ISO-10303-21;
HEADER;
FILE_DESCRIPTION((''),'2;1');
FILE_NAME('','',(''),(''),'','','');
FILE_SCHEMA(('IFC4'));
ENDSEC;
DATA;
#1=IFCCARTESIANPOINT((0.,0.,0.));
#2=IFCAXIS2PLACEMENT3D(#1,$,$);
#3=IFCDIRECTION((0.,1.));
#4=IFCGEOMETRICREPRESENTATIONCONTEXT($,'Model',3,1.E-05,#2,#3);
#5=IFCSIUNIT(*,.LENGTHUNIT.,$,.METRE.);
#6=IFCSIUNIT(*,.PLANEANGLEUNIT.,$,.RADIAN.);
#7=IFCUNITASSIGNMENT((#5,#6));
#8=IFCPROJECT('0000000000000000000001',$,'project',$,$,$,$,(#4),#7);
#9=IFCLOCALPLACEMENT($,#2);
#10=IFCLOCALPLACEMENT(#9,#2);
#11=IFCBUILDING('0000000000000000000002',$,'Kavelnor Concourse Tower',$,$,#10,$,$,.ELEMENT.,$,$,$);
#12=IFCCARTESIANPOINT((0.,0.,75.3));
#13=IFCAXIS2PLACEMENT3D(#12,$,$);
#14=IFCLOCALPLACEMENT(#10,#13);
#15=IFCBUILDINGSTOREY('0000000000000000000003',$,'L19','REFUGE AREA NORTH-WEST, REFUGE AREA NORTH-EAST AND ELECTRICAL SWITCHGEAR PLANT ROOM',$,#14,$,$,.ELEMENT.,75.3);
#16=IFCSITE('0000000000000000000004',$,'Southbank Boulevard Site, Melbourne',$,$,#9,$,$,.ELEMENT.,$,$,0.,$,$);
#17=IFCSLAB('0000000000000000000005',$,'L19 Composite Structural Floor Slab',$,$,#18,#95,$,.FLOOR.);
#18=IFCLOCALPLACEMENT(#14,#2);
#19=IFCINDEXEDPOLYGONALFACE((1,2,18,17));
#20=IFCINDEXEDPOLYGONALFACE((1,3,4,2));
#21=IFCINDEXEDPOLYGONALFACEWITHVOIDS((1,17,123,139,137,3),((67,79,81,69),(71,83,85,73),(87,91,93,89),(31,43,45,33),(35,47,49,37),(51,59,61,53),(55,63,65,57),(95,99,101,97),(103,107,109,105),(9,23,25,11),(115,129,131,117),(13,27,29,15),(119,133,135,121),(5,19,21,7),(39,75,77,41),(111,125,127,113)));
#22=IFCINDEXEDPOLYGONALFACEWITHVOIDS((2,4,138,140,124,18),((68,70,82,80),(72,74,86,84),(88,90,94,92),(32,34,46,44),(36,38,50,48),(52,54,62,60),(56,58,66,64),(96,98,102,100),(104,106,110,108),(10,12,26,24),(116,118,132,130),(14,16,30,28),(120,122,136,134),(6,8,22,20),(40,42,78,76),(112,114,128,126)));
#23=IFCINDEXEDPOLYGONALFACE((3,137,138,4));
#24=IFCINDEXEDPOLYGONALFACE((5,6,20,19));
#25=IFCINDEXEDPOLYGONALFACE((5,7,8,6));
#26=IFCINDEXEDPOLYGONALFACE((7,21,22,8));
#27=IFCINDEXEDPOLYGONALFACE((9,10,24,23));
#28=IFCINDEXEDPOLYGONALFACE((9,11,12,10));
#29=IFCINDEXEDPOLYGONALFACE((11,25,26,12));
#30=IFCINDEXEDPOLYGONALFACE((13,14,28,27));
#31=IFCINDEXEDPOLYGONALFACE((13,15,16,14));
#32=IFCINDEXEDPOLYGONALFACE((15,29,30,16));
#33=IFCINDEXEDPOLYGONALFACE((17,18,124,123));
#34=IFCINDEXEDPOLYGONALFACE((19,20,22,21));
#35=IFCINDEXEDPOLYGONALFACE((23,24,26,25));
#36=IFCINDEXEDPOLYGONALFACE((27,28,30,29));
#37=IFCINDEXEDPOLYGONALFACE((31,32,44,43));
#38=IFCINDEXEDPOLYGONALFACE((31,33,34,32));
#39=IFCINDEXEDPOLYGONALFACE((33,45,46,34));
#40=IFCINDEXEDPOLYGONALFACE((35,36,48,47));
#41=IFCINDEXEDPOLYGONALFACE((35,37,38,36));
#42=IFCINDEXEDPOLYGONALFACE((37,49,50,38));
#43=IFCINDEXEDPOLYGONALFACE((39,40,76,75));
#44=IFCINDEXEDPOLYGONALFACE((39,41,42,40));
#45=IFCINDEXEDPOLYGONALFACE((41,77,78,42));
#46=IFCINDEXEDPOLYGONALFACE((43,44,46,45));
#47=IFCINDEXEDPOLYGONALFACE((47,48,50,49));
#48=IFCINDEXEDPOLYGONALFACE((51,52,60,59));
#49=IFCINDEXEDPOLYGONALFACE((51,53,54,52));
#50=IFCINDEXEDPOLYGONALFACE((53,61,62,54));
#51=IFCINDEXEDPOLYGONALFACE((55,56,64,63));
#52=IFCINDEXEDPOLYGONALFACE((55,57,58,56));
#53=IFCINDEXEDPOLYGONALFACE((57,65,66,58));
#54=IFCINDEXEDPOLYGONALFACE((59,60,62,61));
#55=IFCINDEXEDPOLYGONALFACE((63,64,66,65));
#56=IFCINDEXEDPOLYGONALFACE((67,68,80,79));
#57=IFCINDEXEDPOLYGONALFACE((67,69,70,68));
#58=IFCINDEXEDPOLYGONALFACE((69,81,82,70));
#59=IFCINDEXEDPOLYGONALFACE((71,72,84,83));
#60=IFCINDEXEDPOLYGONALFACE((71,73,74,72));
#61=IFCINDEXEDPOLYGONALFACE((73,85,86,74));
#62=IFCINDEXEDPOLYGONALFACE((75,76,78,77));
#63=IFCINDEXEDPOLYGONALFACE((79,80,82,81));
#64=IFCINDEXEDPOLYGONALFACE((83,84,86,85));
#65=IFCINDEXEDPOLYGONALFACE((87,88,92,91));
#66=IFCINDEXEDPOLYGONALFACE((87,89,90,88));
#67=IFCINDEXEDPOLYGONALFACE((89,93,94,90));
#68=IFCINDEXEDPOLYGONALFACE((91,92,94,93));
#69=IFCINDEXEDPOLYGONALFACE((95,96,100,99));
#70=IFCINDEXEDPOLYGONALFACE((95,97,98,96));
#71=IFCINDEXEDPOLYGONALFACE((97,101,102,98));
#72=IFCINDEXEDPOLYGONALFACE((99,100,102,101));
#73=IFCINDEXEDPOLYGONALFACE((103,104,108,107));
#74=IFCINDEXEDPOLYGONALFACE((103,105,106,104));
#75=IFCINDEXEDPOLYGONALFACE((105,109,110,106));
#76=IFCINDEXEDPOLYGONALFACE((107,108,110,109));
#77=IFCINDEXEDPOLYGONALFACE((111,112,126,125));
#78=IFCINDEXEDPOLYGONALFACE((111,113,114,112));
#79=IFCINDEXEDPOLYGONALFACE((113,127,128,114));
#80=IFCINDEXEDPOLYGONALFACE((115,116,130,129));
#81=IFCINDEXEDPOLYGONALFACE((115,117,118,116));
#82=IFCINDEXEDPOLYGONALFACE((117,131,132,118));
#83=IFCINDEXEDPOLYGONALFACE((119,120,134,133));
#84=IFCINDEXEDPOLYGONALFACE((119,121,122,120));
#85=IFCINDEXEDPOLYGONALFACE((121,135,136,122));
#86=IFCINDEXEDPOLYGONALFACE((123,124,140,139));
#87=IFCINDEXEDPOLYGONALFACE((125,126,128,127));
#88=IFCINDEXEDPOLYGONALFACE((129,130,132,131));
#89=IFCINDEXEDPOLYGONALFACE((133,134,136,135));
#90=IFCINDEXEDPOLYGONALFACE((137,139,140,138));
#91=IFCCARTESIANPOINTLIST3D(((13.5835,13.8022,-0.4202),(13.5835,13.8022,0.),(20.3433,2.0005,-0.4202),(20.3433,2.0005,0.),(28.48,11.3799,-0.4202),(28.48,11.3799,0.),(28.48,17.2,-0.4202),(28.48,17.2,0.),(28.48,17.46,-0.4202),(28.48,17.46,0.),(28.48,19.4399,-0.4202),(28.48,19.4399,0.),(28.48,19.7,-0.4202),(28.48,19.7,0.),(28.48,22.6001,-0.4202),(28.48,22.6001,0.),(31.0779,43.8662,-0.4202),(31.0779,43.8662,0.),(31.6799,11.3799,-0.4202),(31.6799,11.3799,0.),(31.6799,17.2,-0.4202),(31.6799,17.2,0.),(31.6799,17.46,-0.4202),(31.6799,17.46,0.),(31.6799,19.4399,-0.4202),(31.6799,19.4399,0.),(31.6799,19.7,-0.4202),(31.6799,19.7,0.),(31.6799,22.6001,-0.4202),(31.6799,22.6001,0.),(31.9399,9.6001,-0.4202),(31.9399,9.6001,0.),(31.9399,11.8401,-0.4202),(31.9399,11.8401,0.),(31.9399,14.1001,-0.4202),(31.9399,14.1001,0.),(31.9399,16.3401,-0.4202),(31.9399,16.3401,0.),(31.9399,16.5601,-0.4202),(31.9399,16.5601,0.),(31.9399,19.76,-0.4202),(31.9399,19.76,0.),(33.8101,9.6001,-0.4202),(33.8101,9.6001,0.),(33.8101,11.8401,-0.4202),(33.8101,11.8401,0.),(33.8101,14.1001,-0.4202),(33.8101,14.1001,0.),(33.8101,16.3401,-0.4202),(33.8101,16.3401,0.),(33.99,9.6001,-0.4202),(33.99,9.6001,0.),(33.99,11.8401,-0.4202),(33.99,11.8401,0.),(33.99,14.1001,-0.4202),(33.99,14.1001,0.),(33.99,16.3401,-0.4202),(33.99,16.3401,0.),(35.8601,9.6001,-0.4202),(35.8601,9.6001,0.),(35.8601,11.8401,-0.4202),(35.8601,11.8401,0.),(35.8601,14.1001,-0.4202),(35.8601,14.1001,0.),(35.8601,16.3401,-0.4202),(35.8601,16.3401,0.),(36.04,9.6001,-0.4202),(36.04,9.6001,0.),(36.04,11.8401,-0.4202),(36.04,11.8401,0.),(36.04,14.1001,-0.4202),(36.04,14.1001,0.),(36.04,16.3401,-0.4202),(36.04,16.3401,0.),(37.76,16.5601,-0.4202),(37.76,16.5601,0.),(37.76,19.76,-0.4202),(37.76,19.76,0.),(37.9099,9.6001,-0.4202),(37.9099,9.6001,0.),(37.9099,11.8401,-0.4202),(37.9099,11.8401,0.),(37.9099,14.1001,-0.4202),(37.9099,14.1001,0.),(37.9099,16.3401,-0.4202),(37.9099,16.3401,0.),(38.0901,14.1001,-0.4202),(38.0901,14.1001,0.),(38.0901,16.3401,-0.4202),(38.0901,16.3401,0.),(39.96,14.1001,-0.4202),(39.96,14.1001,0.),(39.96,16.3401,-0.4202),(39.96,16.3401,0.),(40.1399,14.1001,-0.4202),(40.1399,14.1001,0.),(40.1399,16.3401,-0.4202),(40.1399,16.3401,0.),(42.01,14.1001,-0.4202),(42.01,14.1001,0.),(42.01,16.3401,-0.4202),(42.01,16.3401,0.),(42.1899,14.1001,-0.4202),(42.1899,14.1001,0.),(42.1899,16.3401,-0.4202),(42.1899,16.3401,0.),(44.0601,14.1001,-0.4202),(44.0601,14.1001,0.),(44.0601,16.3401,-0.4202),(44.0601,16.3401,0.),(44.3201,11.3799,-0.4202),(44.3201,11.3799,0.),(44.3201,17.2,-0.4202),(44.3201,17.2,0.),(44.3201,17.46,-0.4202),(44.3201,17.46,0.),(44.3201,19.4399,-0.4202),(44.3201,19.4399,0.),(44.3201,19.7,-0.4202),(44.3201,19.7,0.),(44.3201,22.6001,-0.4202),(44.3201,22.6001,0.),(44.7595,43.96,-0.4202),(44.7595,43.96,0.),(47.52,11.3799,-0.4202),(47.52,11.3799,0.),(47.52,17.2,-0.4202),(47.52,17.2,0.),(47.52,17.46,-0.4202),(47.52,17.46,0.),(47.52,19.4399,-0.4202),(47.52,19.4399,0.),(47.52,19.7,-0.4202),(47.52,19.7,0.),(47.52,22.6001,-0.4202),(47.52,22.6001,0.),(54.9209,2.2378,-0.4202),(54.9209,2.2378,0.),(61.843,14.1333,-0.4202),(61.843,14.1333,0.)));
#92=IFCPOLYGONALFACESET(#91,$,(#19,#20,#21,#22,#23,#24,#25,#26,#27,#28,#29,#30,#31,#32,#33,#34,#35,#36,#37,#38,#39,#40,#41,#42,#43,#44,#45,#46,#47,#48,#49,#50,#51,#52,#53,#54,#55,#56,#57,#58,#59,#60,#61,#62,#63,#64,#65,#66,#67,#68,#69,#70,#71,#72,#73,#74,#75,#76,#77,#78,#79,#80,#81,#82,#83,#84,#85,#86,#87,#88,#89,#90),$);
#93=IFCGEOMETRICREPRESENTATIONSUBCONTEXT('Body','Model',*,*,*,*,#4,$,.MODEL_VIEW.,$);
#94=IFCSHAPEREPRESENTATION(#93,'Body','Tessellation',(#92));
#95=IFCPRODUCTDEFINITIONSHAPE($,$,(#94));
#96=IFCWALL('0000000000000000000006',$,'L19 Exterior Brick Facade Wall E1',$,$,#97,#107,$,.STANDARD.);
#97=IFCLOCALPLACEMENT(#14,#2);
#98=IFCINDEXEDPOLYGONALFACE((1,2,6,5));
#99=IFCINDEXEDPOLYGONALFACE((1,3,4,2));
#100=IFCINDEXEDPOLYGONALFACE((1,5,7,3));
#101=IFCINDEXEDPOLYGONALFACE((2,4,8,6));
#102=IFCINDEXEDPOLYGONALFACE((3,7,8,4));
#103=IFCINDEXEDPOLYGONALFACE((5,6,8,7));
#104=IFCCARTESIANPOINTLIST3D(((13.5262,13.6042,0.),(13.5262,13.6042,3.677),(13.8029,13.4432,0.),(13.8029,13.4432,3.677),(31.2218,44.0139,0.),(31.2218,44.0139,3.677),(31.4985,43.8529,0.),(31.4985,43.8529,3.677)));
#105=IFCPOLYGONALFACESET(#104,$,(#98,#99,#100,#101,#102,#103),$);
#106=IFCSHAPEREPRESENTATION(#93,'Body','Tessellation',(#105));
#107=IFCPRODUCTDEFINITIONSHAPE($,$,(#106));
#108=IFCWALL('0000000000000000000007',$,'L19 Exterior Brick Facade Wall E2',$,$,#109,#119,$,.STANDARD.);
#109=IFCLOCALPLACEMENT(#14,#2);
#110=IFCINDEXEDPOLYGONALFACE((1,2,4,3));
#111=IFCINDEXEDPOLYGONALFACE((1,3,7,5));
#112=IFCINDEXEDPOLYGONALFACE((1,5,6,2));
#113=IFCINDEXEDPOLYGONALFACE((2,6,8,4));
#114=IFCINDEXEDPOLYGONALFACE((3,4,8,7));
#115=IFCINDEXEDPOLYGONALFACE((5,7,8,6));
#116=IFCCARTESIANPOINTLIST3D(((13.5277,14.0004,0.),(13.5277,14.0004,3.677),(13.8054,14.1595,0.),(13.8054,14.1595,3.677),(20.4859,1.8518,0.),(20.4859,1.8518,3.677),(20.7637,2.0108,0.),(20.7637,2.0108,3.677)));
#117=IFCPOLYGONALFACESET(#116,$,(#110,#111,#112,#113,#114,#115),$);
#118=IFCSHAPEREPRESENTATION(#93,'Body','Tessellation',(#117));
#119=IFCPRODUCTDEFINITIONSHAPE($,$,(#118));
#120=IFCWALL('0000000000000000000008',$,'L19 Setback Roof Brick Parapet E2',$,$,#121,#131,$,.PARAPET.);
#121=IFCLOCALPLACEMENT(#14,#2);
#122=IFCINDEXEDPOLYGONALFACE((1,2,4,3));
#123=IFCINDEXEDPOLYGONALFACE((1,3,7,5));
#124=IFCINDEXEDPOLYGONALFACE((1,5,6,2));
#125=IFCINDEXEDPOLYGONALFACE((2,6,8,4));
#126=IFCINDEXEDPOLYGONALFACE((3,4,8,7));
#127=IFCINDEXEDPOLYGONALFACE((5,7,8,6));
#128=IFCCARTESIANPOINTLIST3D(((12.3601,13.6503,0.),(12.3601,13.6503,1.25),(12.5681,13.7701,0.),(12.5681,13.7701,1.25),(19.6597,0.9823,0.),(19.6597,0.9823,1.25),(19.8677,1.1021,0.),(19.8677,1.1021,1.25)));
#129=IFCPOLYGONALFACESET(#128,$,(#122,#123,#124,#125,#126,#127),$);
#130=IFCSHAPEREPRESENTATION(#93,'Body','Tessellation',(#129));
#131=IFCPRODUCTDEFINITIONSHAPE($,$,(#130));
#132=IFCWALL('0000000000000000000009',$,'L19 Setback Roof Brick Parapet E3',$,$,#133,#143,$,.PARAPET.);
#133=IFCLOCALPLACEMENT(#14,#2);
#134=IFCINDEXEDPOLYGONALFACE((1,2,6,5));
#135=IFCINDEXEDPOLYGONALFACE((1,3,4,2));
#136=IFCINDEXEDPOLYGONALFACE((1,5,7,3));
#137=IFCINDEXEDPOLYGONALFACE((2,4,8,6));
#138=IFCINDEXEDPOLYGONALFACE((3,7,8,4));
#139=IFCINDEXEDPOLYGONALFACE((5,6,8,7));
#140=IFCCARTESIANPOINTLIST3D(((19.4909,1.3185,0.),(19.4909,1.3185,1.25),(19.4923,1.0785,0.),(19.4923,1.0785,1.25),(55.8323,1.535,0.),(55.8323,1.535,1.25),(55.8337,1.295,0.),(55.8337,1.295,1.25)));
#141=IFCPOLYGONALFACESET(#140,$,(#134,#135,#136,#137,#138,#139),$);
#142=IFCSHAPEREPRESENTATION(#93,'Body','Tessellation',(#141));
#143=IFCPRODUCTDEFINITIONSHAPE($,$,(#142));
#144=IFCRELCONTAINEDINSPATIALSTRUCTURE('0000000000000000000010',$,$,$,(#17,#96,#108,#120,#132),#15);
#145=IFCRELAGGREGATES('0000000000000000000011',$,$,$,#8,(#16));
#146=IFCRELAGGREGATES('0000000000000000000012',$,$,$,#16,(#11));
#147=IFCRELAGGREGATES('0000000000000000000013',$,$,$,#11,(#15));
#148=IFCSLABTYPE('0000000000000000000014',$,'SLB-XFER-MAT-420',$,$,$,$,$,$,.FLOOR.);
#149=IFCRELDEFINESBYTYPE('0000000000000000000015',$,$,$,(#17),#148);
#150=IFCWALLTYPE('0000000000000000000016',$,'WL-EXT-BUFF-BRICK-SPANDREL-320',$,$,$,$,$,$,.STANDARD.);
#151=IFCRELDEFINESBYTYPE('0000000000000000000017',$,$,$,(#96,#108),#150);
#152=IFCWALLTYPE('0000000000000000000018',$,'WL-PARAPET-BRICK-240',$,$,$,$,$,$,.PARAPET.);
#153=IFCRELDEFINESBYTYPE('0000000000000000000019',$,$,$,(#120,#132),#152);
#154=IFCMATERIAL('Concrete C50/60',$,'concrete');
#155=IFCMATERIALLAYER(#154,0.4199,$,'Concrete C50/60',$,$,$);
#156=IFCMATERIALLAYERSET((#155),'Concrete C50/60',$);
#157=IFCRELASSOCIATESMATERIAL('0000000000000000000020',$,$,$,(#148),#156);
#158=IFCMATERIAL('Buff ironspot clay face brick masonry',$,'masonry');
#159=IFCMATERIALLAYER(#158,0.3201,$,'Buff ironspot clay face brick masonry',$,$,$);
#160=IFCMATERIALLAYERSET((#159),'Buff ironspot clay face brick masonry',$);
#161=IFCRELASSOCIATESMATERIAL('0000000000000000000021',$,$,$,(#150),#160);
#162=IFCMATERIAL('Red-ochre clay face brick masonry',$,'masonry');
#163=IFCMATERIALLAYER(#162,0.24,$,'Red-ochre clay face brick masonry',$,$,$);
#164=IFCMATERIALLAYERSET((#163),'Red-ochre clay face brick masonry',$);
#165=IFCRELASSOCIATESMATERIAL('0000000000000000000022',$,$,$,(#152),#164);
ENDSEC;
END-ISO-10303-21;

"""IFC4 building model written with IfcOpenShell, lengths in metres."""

from ifc_helpers import new_model, si_unit, direction, frame, frame_2d, origin, place, context, subcontext, project, spatial, polyline, rectangle, outline, extrude, material, layer, layer_set, type_object, element, save


model = new_model("IFC4")

# Units and contexts
model_context = context("Model", 3, precision=1e-05, world=origin(), true_north=direction((0.0, 1.0)))
body_context = subcontext(model_context, "Body", "Model", "MODEL_VIEW")
ifc_project = project(units=[si_unit("LENGTHUNIT", "METRE"), si_unit("PLANEANGLEUNIT", "RADIAN")], contexts=[model_context])

# Site, building, storey
site_placement = place(None, origin())
site = spatial("IfcSite", under=ifc_project, at=site_placement, Name="Southbank Boulevard Site, Melbourne", CompositionType="ELEMENT", RefElevation=0.0)
building_placement = place(site_placement, origin())
building = spatial("IfcBuilding", under=site, at=building_placement, Name="Kavelnor Concourse Tower", CompositionType="ELEMENT")
storey_placement = place(building_placement, frame((0.0, 0.0, 75.3)))
storey = spatial("IfcBuildingStorey", under=building, at=storey_placement, Name="L19", Description="REFUGE AREA NORTH-WEST, REFUGE AREA NORTH-EAST AND ELECTRICAL SWITCHGEAR PLANT ROOM", CompositionType="ELEMENT", Elevation=75.3)

# Slab
ifc_material_1 = material(Name="Concrete C50/60", Category="concrete")
ifc_layer_1 = layer(ifc_material_1, 0.4199, Name="Concrete C50/60")
ifc_layer_set_1 = layer_set([ifc_layer_1], Name="Concrete C50/60")
slab_type_1 = type_object("IfcSlabType", Name="SLB-XFER-MAT-420", PredefinedType="FLOOR", material=ifc_layer_set_1)
slab_1_placement = place(storey_placement, frame((0.0, 0.0, -0.4202)))
element("IfcSlab", 1, at=slab_1_placement, inside=storey, type_object=slab_type_1, Name="L19 Composite Structural Floor Slab", PredefinedType="FLOOR", context=body_context, shape_type="SweptSolid", body=[
    extrude(outline(polyline([(44.7595, 43.96), (31.0779, 43.8662), (13.5835, 13.8022), (20.3433, 2.0005), (54.9209, 2.2378), (61.843, 14.1333), (44.7595, 43.96)]), holes=[polyline([(28.48, 11.3799), (31.6799, 11.3799), (31.6799, 17.2), (28.48, 17.2), (28.48, 11.3799)]), polyline([(44.3201, 11.3799), (47.52, 11.3799), (47.52, 17.2), (44.3201, 17.2), (44.3201, 11.3799)]), polyline([(31.9399, 16.5601), (37.76, 16.5601), (37.76, 19.76), (31.9399, 19.76), (31.9399, 16.5601)]), polyline([(28.48, 19.7), (31.6799, 19.7), (31.6799, 22.6001), (28.48, 22.6001), (28.48, 19.7)]), polyline([(44.3201, 19.7), (47.52, 19.7), (47.52, 22.6001), (44.3201, 22.6001), (44.3201, 19.7)]), polyline([(31.9399, 14.1001), (33.8101, 14.1001), (33.8101, 16.3401), (31.9399, 16.3401), (31.9399, 14.1001)]), polyline([(33.99, 14.1001), (35.8601, 14.1001), (35.8601, 16.3401), (33.99, 16.3401), (33.99, 14.1001)]), polyline([(36.04, 14.1001), (37.9099, 14.1001), (37.9099, 16.3401), (36.04, 16.3401), (36.04, 14.1001)]), polyline([(38.0901, 14.1001), (39.96, 14.1001), (39.96, 16.3401), (38.0901, 16.3401), (38.0901, 14.1001)]), polyline([(40.1399, 14.1001), (42.01, 14.1001), (42.01, 16.3401), (40.1399, 16.3401), (40.1399, 14.1001)]), polyline([(42.1899, 14.1001), (44.0601, 14.1001), (44.0601, 16.3401), (42.1899, 16.3401), (42.1899, 14.1001)]), polyline([(31.9399, 9.6001), (33.8101, 9.6001), (33.8101, 11.8401), (31.9399, 11.8401), (31.9399, 9.6001)]), polyline([(33.99, 9.6001), (35.8601, 9.6001), (35.8601, 11.8401), (33.99, 11.8401), (33.99, 9.6001)]), polyline([(36.04, 9.6001), (37.9099, 9.6001), (37.9099, 11.8401), (36.04, 11.8401), (36.04, 9.6001)]), polyline([(28.48, 17.46), (31.6799, 17.46), (31.6799, 19.4399), (28.48, 19.4399), (28.48, 17.46)]), polyline([(44.3201, 17.46), (47.52, 17.46), (47.52, 19.4399), (44.3201, 19.4399), (44.3201, 17.46)])]), origin(), (0.0, 0.0, 1.0), 0.4202),
])

# Walls
ifc_material_2 = material(Name="Buff ironspot clay face brick masonry", Category="masonry")
ifc_layer_2 = layer(ifc_material_2, 0.3201, Name="Buff ironspot clay face brick masonry")
ifc_layer_set_2 = layer_set([ifc_layer_2], Name="Buff ironspot clay face brick masonry")
wall_type_1 = type_object("IfcWallType", Name="WL-EXT-BUFF-BRICK-SPANDREL-320", PredefinedType="STANDARD", material=ifc_layer_set_2)
wall_1_placement = place(storey_placement, frame((13.6646, 13.5237, 0.0), z_axis=(0.0, 0.0, 1.0), x_axis=(0.50295, 0.864315, 0.0)))
element("IfcWall", 2, at=wall_1_placement, inside=storey, type_object=wall_type_1, Name="L19 Exterior Brick Facade Wall E1", PredefinedType="STANDARD", context=body_context, shape_type="SweptSolid", body=[
    extrude(rectangle(XDim=35.1836, YDim=0.3201, at=frame_2d((17.5918, 0.0))), origin(), (0.0, 0.0, 1.0), 3.677),
])
wall_2_placement = place(storey_placement, frame((20.6248, 1.9314, 0.0), z_axis=(0.0, 0.0, 1.0), x_axis=(-0.497008, 0.867746, 0.0)))
element("IfcWall", 3, at=wall_2_placement, inside=storey, type_object=wall_type_1, Name="L19 Exterior Brick Facade Wall E2", PredefinedType="STANDARD", context=body_context, shape_type="SweptSolid", body=[
    extrude(rectangle(XDim=14.0002, YDim=0.3201, at=frame_2d((7.0, 0.0))), origin(), (0.0, 0.0, 1.0), 3.677),
])
ifc_material_3 = material(Name="Red-ochre clay face brick masonry", Category="masonry")
ifc_layer_3 = layer(ifc_material_3, 0.24, Name="Red-ochre clay face brick masonry")
ifc_layer_set_3 = layer_set([ifc_layer_3], Name="Red-ochre clay face brick masonry")
wall_type_2 = type_object("IfcWallType", Name="WL-PARAPET-BRICK-240", PredefinedType="PARAPET", material=ifc_layer_set_3)
wall_3_placement = place(storey_placement, frame((12.4641, 13.7102, 0.0), z_axis=(0.0, 0.0, 1.0), x_axis=(0.499267, -0.866448, 0.0)))
element("IfcWall", 4, at=wall_3_placement, inside=storey, type_object=wall_type_2, Name="L19 Setback Roof Brick Parapet E2", PredefinedType="PARAPET", context=body_context, shape_type="SweptSolid", body=[
    extrude(rectangle(XDim=14.6206, YDim=0.24, at=frame_2d((7.3103, 0.0))), origin(), (0.0, 0.0, 1.0), 1.25),
])
wall_4_placement = place(storey_placement, frame((19.4917, 1.1985, 0.0), z_axis=(0.0, 0.0, 1.0), x_axis=(0.999982, 0.005959, 0.0)))
element("IfcWall", 5, at=wall_4_placement, inside=storey, type_object=wall_type_2, Name="L19 Setback Roof Brick Parapet E3", PredefinedType="PARAPET", context=body_context, shape_type="SweptSolid", body=[
    extrude(rectangle(XDim=36.342, YDim=0.24, at=frame_2d((18.1709, 0.0))), origin(), (0.0, 0.0, 1.0), 1.25),
])

save(model, "model.ifc")
